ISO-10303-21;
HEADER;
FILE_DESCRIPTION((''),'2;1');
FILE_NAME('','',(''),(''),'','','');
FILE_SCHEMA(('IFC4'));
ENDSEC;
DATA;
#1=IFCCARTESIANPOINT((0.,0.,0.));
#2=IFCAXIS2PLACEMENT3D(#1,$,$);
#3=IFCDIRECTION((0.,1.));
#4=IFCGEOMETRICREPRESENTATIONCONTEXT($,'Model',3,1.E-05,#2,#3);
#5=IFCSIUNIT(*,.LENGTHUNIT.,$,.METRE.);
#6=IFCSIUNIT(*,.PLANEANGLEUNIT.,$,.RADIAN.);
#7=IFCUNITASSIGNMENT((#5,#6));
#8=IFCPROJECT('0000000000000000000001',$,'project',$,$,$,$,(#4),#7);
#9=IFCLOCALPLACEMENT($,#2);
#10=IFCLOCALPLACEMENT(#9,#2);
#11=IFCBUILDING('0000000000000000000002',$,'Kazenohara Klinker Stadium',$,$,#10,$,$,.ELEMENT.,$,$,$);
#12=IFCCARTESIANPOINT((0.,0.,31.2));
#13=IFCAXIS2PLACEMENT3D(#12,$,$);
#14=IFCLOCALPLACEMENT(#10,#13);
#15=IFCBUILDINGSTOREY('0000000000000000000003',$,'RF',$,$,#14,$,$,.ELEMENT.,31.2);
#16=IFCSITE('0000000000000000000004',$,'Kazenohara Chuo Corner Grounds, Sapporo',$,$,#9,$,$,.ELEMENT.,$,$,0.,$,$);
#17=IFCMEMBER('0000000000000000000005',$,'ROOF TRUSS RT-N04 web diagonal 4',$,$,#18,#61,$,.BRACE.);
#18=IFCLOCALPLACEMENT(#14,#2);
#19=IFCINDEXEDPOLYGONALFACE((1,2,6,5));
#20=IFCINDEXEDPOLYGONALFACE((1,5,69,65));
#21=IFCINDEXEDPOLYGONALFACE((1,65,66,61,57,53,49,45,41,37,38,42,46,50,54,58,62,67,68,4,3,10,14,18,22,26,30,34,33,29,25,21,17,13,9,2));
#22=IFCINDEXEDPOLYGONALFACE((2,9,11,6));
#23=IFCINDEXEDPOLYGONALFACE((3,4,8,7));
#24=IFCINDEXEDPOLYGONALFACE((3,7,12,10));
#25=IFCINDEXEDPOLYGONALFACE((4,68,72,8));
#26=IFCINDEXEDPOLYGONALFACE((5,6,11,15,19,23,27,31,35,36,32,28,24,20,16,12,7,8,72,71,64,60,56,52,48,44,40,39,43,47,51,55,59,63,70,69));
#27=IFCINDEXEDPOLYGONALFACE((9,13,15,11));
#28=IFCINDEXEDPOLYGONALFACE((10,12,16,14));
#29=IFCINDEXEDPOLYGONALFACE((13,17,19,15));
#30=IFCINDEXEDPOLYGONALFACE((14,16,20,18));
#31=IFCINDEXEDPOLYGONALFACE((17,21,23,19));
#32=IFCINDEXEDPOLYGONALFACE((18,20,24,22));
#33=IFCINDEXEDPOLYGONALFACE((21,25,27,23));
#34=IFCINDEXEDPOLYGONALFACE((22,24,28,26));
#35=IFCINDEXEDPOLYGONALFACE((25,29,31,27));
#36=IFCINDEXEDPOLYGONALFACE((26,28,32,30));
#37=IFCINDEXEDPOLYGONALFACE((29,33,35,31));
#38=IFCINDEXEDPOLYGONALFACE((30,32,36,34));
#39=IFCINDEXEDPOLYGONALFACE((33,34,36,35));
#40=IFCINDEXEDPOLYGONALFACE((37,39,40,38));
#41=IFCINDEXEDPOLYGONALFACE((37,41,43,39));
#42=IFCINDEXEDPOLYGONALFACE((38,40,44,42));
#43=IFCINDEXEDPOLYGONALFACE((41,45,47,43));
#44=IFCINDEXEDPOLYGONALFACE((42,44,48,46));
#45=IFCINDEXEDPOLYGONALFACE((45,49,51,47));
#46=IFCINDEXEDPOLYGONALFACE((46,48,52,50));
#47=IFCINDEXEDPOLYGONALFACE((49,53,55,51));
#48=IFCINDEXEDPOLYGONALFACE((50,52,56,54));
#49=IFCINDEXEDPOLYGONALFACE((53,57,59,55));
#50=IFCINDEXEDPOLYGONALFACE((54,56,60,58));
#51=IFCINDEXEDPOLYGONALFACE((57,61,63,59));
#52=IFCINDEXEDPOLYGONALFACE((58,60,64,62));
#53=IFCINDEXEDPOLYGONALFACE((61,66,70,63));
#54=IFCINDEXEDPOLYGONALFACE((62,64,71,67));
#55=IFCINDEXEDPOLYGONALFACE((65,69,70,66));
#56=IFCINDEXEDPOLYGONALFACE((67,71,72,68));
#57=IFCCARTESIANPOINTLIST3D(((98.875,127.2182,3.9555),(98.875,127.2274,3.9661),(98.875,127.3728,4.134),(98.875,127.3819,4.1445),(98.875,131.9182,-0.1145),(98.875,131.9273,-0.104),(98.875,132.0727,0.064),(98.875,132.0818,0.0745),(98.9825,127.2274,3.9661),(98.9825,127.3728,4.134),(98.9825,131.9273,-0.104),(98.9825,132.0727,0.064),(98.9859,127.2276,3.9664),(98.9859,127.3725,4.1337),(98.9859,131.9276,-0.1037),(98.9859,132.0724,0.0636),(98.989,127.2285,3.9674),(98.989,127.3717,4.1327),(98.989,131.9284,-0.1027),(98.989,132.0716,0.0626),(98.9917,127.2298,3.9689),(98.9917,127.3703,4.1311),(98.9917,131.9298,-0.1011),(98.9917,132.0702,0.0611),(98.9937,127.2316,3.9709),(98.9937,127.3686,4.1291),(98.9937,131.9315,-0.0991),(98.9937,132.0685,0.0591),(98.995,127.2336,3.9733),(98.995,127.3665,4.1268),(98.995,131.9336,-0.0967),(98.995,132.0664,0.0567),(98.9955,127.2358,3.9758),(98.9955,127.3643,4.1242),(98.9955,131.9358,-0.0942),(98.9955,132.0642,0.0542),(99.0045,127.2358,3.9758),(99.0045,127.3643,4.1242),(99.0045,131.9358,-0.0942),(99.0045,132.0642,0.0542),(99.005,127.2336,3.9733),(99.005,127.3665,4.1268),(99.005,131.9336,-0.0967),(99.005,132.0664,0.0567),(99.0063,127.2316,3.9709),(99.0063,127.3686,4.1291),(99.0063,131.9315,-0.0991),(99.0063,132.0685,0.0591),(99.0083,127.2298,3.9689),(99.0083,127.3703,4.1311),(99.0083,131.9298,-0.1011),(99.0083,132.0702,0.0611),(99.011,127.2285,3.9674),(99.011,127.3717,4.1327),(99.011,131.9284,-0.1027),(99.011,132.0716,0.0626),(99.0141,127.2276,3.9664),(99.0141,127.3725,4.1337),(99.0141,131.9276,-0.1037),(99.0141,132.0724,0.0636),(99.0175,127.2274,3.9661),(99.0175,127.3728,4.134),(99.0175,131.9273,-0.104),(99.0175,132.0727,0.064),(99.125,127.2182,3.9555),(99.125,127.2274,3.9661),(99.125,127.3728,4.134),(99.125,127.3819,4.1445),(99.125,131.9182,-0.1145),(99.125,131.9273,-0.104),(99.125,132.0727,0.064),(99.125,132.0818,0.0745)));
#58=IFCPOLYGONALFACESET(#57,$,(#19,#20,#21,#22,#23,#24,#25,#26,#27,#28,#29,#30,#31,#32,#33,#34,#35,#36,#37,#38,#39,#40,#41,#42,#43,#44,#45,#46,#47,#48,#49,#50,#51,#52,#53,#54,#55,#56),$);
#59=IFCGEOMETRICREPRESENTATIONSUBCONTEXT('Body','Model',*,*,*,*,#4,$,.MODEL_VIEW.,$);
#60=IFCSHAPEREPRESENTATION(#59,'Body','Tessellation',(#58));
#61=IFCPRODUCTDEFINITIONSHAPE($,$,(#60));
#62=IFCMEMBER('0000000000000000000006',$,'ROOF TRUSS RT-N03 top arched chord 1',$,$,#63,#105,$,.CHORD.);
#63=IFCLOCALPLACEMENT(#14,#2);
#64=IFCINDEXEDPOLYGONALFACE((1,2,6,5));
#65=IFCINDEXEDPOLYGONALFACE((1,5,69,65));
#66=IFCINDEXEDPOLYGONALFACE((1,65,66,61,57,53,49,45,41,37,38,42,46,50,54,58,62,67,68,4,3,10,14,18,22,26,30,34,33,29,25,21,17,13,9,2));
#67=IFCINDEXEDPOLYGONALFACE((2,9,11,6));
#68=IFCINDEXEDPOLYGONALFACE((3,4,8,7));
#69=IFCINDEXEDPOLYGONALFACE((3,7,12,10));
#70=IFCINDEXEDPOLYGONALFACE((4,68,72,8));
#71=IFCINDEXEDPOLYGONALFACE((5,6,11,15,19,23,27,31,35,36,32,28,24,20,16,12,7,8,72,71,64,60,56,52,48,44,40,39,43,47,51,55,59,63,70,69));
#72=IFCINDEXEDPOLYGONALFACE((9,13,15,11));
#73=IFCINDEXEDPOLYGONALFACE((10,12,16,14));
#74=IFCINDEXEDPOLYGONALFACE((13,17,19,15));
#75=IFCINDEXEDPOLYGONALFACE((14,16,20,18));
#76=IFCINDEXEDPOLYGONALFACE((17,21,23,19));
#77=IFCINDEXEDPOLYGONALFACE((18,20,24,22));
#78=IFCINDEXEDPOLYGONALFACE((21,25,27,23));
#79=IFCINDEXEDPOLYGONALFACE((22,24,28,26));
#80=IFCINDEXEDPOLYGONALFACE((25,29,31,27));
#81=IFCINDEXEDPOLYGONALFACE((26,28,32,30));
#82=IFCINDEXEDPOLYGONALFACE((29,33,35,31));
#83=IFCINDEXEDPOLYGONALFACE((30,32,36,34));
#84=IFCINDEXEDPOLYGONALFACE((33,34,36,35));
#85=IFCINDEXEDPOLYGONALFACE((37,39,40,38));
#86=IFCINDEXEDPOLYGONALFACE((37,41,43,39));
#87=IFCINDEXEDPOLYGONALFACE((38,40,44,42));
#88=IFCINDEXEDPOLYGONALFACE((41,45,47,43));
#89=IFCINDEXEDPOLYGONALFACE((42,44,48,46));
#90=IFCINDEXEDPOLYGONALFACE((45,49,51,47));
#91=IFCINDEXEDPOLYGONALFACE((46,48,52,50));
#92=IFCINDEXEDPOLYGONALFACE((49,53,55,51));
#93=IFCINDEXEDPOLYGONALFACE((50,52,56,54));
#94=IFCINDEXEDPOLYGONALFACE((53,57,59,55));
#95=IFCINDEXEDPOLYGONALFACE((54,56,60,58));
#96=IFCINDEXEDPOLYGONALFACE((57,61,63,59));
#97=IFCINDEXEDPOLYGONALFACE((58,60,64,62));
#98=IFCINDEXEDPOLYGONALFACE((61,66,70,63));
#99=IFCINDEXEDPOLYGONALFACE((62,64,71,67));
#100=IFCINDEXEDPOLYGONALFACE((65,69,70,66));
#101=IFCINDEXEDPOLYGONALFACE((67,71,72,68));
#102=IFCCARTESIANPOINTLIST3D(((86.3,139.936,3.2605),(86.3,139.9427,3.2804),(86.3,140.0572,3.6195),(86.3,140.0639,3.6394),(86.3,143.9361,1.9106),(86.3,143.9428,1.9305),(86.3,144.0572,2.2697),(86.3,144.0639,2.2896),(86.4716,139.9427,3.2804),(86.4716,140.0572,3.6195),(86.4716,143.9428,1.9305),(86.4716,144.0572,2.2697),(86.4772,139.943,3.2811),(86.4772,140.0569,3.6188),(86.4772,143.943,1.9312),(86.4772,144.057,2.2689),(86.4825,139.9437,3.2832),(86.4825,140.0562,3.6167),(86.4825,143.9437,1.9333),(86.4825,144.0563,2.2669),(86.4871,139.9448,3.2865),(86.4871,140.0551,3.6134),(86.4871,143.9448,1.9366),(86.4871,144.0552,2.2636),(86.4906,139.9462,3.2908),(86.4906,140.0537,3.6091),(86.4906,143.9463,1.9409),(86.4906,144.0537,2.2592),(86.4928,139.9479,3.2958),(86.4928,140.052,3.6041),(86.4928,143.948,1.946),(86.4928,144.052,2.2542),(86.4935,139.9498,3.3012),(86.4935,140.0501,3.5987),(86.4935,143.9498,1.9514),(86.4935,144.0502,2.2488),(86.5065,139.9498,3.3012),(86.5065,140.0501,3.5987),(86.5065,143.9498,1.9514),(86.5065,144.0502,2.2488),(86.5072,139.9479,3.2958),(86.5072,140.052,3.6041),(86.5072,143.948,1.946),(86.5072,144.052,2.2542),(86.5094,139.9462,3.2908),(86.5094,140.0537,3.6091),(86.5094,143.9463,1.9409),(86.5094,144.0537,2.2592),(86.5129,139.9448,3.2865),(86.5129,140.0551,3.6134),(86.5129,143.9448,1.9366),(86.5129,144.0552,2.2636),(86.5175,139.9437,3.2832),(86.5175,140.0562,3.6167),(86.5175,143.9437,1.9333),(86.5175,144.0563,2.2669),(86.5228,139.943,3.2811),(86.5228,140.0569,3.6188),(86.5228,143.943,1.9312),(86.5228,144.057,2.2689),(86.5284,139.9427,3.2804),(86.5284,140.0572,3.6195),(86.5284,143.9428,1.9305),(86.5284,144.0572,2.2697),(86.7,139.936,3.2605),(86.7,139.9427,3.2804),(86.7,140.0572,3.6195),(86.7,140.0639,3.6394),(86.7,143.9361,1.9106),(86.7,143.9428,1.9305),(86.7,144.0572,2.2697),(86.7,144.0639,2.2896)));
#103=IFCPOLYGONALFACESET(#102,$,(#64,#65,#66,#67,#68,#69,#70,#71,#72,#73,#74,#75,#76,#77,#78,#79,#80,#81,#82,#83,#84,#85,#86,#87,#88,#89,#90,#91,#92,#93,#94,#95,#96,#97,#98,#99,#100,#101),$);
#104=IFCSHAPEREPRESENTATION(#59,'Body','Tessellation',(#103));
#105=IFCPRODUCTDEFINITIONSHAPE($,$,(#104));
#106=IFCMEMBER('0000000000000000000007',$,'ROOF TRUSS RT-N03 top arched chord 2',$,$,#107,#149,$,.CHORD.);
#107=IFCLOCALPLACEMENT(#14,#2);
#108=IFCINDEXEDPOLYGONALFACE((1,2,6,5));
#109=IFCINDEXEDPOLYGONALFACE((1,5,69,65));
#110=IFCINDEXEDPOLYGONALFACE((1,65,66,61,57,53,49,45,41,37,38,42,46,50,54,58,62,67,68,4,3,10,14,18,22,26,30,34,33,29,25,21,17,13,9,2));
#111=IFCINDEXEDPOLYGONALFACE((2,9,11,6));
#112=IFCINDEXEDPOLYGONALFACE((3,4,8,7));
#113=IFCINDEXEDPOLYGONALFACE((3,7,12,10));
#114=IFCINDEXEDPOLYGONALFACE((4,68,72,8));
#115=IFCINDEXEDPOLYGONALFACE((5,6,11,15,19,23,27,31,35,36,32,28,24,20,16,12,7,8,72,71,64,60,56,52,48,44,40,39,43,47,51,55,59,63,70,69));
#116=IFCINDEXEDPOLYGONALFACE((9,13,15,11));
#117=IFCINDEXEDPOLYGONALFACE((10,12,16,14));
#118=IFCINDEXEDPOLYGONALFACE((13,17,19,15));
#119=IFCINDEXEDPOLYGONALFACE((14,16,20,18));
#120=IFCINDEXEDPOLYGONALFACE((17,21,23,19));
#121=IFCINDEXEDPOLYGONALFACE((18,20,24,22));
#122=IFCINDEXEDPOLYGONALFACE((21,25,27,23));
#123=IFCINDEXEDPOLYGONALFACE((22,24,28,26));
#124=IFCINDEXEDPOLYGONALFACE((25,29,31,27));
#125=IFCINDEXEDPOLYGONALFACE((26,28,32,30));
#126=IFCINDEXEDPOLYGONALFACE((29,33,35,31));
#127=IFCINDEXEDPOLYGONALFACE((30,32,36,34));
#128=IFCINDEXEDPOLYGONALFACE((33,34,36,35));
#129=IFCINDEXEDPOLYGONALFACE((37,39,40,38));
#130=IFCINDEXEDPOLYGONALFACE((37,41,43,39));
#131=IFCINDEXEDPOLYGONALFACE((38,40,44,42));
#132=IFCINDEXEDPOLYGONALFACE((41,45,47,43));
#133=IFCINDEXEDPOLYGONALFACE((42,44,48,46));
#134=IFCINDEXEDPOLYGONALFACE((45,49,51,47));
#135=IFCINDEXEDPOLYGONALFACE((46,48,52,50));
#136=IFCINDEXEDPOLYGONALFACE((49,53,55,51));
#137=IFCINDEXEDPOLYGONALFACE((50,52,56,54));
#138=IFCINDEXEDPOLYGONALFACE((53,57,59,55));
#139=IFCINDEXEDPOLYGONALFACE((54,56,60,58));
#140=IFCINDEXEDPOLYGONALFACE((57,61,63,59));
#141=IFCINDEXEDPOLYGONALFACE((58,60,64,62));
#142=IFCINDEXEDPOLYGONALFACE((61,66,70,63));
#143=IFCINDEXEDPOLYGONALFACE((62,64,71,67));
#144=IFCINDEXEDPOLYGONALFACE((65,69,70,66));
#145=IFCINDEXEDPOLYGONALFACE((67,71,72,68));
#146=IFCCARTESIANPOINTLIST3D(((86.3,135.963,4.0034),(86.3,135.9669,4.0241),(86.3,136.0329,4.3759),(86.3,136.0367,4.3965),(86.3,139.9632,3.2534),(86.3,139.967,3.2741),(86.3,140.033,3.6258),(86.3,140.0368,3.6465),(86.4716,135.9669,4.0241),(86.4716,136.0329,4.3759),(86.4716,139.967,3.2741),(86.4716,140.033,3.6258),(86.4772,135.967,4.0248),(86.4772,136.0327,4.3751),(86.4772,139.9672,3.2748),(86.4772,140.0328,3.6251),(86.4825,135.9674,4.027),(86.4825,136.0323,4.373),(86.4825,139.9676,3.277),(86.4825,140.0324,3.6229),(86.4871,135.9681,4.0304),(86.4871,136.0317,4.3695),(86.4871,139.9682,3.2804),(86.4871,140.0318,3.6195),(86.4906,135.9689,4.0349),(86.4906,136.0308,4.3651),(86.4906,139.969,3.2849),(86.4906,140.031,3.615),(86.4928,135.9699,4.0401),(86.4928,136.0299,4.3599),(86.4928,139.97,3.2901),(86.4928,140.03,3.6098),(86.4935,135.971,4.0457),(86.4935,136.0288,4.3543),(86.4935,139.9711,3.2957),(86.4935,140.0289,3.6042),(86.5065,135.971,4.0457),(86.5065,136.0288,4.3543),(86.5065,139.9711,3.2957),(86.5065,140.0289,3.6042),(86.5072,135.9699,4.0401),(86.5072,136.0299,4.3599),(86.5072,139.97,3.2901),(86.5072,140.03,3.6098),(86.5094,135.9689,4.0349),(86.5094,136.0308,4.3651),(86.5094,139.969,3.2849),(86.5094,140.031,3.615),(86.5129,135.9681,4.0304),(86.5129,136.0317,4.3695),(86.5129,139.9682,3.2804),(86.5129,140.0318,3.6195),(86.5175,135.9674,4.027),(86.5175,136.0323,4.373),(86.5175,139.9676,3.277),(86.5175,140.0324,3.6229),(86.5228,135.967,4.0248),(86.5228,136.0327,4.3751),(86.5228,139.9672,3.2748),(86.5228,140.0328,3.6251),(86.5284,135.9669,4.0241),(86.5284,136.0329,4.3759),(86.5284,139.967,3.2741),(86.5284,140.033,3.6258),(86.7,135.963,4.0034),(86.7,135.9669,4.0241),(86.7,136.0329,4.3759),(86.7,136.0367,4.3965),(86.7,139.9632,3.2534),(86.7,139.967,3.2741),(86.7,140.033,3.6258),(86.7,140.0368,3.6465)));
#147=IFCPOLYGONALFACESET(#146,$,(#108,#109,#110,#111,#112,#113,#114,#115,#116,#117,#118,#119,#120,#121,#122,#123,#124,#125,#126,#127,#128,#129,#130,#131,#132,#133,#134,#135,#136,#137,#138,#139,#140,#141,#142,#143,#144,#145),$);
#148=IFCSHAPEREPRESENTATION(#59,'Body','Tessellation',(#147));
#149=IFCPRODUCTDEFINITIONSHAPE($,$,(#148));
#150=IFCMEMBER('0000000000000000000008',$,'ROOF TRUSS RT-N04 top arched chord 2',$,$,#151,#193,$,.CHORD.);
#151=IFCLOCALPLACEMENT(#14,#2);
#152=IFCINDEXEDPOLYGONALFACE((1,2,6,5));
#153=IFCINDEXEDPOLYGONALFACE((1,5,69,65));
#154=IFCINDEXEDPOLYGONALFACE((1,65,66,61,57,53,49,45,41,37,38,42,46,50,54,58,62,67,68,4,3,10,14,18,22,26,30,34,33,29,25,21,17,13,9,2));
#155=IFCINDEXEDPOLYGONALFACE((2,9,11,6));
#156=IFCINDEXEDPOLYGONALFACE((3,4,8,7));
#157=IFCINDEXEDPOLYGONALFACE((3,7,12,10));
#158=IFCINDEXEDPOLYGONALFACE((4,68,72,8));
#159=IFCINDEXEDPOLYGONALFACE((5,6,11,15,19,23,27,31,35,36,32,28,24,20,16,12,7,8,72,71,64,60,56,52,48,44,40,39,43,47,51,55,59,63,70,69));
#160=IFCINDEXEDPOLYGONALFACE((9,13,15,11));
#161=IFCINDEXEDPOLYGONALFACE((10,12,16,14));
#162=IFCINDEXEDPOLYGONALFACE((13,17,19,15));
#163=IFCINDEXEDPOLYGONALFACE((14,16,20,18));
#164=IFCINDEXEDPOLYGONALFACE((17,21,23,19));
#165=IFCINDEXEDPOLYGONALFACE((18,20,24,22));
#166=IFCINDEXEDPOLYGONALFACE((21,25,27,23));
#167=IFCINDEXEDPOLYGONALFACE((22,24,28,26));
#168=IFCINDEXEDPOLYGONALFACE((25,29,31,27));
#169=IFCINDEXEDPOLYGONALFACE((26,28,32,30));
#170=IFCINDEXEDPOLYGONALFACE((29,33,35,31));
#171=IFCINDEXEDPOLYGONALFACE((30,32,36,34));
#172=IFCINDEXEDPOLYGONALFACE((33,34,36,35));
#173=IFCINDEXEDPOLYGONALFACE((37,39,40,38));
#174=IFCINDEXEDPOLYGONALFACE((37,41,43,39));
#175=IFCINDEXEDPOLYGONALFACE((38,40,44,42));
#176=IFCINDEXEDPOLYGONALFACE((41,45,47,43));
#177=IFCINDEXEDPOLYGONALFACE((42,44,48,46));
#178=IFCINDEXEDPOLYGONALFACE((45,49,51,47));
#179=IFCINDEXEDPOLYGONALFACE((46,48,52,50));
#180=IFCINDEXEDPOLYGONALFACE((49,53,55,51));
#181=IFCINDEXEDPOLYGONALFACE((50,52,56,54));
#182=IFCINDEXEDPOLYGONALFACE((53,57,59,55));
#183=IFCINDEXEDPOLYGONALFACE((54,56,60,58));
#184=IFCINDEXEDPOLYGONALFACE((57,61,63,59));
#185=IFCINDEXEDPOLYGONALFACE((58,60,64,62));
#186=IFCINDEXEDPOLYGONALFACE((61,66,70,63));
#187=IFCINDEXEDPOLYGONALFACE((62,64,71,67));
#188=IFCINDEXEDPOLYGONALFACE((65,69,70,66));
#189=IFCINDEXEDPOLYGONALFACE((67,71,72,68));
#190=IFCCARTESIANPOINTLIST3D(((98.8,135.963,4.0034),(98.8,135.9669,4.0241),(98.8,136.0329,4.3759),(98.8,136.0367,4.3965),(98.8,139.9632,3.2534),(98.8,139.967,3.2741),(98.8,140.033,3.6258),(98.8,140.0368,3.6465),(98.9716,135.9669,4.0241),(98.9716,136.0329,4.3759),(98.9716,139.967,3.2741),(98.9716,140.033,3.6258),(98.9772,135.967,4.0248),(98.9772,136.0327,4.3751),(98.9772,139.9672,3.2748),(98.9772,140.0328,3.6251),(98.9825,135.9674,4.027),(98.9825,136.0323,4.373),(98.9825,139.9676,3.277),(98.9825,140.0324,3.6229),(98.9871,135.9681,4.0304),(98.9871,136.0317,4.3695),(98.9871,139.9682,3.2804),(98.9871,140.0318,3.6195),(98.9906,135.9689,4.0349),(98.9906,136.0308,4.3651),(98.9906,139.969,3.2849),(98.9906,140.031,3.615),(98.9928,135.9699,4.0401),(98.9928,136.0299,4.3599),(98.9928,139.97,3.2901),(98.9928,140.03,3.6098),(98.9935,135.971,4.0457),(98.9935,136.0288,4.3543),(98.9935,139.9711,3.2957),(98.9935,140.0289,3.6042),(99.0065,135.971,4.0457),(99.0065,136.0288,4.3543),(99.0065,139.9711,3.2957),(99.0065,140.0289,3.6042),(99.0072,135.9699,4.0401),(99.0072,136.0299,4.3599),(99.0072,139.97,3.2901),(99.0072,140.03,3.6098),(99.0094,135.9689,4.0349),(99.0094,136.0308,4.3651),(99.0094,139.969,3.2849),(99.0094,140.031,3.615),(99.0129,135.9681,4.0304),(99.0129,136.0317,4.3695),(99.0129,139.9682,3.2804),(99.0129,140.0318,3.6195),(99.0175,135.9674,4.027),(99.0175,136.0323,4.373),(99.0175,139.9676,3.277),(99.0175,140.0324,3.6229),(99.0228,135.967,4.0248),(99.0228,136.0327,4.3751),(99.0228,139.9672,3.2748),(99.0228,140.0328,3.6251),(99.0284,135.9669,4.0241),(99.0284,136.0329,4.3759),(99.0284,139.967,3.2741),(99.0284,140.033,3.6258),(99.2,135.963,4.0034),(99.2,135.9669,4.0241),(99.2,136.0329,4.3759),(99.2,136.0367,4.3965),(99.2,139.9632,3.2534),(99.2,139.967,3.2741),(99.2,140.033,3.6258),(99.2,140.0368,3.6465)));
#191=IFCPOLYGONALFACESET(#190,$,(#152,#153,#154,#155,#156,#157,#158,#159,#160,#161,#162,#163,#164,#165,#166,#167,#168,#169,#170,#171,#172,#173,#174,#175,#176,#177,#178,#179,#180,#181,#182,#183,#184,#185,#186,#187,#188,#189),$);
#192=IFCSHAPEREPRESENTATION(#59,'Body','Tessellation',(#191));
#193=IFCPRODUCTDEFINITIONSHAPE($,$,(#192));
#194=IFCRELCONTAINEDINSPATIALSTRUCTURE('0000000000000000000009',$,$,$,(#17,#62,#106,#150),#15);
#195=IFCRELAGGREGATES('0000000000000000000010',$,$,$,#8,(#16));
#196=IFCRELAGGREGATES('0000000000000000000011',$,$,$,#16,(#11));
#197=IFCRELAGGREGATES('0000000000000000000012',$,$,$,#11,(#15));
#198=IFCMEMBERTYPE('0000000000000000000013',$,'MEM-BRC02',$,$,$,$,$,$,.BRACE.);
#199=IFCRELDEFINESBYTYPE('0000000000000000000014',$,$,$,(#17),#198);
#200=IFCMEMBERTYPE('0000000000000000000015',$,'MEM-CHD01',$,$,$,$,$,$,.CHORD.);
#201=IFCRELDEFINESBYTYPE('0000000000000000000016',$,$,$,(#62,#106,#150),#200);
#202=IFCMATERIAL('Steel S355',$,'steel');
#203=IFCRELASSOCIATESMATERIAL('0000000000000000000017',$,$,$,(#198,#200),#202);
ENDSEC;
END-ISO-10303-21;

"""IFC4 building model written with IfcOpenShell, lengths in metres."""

from ifc_helpers import new_model, si_unit, direction, frame, origin, origin_2d, place, context, subcontext, project, spatial, i_section, extrude, material, material_profile, profile_set, type_object, element, save


model = new_model("IFC4")

# Units and contexts
model_context = context("Model", 3, precision=1e-05, world=origin(), true_north=direction((0.0, 1.0)))
body_context = subcontext(model_context, "Body", "Model", "MODEL_VIEW")
ifc_project = project(units=[si_unit("LENGTHUNIT", "METRE"), si_unit("PLANEANGLEUNIT", "RADIAN")], contexts=[model_context])

# Site, building, storey
site_placement = place(None, origin())
site = spatial("IfcSite", under=ifc_project, at=site_placement, Name="Kazenohara Chuo Corner Grounds, Sapporo", CompositionType="ELEMENT", RefElevation=0.0)
building_placement = place(site_placement, origin())
building = spatial("IfcBuilding", under=site, at=building_placement, Name="Kazenohara Klinker Stadium", CompositionType="ELEMENT")
storey_placement = place(building_placement, frame((0.0, 0.0, 31.2)))
storey = spatial("IfcBuildingStorey", under=building, at=storey_placement, Name="RF", CompositionType="ELEMENT", Elevation=31.2)

# Members
ifc_material_1 = material(Name="Steel S355", Category="steel")
ifc_material_profile_1 = material_profile(ifc_material_1, i_section(OverallWidth=0.25, OverallDepth=0.25, WebThickness=0.009, FlangeThickness=0.0139, FilletRadius=0.0129, at=origin_2d()), Name="H-250x250x9x14")
ifc_profile_set_1 = profile_set([ifc_material_profile_1], Name="Steel S355")
member_type_1 = type_object("IfcMemberType", Name="MEM-BRC02", PredefinedType="BRACE", material=ifc_profile_set_1)
member_1_placement = place(storey_placement, frame((99.0, 132.0, -0.02), z_axis=(0.0, -0.755946, 0.654634), x_axis=(1.0, 0.0, 0.0)))
element("IfcMember", 1, at=member_1_placement, inside=storey, type_object=member_type_1, Name="ROOF TRUSS RT-N04 web diagonal 4", PredefinedType="BRACE", context=body_context, shape_type="SweptSolid", body=[
    extrude(i_section(OverallWidth=0.25, OverallDepth=0.25, WebThickness=0.009, FlangeThickness=0.0139, FilletRadius=0.0129, at=origin_2d()), origin(), (0.0, 0.0, 1.0), 6.2173),
])
ifc_material_profile_2 = material_profile(ifc_material_1, i_section(OverallWidth=0.3999, OverallDepth=0.3999, WebThickness=0.0129, FlangeThickness=0.021, FilletRadius=0.022, at=origin_2d()), Name="H-400x400x13x21")
ifc_profile_set_2 = profile_set([ifc_material_profile_2], Name="Steel S355")
member_type_2 = type_object("IfcMemberType", Name="MEM-CHD01", PredefinedType="CHORD", material=ifc_profile_set_2)
member_2_placement = place(storey_placement, frame((86.5, 144.0, 2.1001), z_axis=(0.0, -0.947503, 0.319747), x_axis=(1.0, 0.0, 0.0)))
element("IfcMember", 2, at=member_2_placement, inside=storey, type_object=member_type_2, Name="ROOF TRUSS RT-N03 top arched chord 1", PredefinedType="CHORD", context=body_context, shape_type="SweptSolid", body=[
    extrude(i_section(OverallWidth=0.3999, OverallDepth=0.3999, WebThickness=0.0129, FlangeThickness=0.021, FilletRadius=0.022, at=origin_2d()), origin(), (0.0, 0.0, 1.0), 4.2217),
])
for number, where, z_axis, x_axis, name in (
    (3, (86.5, 140.0, 3.45), (0.0, -0.982872, 0.184289), (1.0, 0.0, 0.0), "ROOF TRUSS RT-N03 top arched chord 2"),
    (4, (99.0, 140.0, 3.45), (0.0, -0.982872, 0.184289), (1.0, 0.0, 0.0), "ROOF TRUSS RT-N04 top arched chord 2"),
):
    element("IfcMember", number, at=place(storey_placement, frame(where, z_axis=z_axis, x_axis=x_axis)), inside=storey, type_object=member_type_2, Name=name, PredefinedType="CHORD", context=body_context, shape_type="SweptSolid", body=[
        extrude(i_section(OverallWidth=0.3999, OverallDepth=0.3999, WebThickness=0.0129, FlangeThickness=0.021, FilletRadius=0.022, at=origin_2d()), origin(), (0.0, 0.0, 1.0), 4.0698),
    ])

save(model, "model.ifc")
